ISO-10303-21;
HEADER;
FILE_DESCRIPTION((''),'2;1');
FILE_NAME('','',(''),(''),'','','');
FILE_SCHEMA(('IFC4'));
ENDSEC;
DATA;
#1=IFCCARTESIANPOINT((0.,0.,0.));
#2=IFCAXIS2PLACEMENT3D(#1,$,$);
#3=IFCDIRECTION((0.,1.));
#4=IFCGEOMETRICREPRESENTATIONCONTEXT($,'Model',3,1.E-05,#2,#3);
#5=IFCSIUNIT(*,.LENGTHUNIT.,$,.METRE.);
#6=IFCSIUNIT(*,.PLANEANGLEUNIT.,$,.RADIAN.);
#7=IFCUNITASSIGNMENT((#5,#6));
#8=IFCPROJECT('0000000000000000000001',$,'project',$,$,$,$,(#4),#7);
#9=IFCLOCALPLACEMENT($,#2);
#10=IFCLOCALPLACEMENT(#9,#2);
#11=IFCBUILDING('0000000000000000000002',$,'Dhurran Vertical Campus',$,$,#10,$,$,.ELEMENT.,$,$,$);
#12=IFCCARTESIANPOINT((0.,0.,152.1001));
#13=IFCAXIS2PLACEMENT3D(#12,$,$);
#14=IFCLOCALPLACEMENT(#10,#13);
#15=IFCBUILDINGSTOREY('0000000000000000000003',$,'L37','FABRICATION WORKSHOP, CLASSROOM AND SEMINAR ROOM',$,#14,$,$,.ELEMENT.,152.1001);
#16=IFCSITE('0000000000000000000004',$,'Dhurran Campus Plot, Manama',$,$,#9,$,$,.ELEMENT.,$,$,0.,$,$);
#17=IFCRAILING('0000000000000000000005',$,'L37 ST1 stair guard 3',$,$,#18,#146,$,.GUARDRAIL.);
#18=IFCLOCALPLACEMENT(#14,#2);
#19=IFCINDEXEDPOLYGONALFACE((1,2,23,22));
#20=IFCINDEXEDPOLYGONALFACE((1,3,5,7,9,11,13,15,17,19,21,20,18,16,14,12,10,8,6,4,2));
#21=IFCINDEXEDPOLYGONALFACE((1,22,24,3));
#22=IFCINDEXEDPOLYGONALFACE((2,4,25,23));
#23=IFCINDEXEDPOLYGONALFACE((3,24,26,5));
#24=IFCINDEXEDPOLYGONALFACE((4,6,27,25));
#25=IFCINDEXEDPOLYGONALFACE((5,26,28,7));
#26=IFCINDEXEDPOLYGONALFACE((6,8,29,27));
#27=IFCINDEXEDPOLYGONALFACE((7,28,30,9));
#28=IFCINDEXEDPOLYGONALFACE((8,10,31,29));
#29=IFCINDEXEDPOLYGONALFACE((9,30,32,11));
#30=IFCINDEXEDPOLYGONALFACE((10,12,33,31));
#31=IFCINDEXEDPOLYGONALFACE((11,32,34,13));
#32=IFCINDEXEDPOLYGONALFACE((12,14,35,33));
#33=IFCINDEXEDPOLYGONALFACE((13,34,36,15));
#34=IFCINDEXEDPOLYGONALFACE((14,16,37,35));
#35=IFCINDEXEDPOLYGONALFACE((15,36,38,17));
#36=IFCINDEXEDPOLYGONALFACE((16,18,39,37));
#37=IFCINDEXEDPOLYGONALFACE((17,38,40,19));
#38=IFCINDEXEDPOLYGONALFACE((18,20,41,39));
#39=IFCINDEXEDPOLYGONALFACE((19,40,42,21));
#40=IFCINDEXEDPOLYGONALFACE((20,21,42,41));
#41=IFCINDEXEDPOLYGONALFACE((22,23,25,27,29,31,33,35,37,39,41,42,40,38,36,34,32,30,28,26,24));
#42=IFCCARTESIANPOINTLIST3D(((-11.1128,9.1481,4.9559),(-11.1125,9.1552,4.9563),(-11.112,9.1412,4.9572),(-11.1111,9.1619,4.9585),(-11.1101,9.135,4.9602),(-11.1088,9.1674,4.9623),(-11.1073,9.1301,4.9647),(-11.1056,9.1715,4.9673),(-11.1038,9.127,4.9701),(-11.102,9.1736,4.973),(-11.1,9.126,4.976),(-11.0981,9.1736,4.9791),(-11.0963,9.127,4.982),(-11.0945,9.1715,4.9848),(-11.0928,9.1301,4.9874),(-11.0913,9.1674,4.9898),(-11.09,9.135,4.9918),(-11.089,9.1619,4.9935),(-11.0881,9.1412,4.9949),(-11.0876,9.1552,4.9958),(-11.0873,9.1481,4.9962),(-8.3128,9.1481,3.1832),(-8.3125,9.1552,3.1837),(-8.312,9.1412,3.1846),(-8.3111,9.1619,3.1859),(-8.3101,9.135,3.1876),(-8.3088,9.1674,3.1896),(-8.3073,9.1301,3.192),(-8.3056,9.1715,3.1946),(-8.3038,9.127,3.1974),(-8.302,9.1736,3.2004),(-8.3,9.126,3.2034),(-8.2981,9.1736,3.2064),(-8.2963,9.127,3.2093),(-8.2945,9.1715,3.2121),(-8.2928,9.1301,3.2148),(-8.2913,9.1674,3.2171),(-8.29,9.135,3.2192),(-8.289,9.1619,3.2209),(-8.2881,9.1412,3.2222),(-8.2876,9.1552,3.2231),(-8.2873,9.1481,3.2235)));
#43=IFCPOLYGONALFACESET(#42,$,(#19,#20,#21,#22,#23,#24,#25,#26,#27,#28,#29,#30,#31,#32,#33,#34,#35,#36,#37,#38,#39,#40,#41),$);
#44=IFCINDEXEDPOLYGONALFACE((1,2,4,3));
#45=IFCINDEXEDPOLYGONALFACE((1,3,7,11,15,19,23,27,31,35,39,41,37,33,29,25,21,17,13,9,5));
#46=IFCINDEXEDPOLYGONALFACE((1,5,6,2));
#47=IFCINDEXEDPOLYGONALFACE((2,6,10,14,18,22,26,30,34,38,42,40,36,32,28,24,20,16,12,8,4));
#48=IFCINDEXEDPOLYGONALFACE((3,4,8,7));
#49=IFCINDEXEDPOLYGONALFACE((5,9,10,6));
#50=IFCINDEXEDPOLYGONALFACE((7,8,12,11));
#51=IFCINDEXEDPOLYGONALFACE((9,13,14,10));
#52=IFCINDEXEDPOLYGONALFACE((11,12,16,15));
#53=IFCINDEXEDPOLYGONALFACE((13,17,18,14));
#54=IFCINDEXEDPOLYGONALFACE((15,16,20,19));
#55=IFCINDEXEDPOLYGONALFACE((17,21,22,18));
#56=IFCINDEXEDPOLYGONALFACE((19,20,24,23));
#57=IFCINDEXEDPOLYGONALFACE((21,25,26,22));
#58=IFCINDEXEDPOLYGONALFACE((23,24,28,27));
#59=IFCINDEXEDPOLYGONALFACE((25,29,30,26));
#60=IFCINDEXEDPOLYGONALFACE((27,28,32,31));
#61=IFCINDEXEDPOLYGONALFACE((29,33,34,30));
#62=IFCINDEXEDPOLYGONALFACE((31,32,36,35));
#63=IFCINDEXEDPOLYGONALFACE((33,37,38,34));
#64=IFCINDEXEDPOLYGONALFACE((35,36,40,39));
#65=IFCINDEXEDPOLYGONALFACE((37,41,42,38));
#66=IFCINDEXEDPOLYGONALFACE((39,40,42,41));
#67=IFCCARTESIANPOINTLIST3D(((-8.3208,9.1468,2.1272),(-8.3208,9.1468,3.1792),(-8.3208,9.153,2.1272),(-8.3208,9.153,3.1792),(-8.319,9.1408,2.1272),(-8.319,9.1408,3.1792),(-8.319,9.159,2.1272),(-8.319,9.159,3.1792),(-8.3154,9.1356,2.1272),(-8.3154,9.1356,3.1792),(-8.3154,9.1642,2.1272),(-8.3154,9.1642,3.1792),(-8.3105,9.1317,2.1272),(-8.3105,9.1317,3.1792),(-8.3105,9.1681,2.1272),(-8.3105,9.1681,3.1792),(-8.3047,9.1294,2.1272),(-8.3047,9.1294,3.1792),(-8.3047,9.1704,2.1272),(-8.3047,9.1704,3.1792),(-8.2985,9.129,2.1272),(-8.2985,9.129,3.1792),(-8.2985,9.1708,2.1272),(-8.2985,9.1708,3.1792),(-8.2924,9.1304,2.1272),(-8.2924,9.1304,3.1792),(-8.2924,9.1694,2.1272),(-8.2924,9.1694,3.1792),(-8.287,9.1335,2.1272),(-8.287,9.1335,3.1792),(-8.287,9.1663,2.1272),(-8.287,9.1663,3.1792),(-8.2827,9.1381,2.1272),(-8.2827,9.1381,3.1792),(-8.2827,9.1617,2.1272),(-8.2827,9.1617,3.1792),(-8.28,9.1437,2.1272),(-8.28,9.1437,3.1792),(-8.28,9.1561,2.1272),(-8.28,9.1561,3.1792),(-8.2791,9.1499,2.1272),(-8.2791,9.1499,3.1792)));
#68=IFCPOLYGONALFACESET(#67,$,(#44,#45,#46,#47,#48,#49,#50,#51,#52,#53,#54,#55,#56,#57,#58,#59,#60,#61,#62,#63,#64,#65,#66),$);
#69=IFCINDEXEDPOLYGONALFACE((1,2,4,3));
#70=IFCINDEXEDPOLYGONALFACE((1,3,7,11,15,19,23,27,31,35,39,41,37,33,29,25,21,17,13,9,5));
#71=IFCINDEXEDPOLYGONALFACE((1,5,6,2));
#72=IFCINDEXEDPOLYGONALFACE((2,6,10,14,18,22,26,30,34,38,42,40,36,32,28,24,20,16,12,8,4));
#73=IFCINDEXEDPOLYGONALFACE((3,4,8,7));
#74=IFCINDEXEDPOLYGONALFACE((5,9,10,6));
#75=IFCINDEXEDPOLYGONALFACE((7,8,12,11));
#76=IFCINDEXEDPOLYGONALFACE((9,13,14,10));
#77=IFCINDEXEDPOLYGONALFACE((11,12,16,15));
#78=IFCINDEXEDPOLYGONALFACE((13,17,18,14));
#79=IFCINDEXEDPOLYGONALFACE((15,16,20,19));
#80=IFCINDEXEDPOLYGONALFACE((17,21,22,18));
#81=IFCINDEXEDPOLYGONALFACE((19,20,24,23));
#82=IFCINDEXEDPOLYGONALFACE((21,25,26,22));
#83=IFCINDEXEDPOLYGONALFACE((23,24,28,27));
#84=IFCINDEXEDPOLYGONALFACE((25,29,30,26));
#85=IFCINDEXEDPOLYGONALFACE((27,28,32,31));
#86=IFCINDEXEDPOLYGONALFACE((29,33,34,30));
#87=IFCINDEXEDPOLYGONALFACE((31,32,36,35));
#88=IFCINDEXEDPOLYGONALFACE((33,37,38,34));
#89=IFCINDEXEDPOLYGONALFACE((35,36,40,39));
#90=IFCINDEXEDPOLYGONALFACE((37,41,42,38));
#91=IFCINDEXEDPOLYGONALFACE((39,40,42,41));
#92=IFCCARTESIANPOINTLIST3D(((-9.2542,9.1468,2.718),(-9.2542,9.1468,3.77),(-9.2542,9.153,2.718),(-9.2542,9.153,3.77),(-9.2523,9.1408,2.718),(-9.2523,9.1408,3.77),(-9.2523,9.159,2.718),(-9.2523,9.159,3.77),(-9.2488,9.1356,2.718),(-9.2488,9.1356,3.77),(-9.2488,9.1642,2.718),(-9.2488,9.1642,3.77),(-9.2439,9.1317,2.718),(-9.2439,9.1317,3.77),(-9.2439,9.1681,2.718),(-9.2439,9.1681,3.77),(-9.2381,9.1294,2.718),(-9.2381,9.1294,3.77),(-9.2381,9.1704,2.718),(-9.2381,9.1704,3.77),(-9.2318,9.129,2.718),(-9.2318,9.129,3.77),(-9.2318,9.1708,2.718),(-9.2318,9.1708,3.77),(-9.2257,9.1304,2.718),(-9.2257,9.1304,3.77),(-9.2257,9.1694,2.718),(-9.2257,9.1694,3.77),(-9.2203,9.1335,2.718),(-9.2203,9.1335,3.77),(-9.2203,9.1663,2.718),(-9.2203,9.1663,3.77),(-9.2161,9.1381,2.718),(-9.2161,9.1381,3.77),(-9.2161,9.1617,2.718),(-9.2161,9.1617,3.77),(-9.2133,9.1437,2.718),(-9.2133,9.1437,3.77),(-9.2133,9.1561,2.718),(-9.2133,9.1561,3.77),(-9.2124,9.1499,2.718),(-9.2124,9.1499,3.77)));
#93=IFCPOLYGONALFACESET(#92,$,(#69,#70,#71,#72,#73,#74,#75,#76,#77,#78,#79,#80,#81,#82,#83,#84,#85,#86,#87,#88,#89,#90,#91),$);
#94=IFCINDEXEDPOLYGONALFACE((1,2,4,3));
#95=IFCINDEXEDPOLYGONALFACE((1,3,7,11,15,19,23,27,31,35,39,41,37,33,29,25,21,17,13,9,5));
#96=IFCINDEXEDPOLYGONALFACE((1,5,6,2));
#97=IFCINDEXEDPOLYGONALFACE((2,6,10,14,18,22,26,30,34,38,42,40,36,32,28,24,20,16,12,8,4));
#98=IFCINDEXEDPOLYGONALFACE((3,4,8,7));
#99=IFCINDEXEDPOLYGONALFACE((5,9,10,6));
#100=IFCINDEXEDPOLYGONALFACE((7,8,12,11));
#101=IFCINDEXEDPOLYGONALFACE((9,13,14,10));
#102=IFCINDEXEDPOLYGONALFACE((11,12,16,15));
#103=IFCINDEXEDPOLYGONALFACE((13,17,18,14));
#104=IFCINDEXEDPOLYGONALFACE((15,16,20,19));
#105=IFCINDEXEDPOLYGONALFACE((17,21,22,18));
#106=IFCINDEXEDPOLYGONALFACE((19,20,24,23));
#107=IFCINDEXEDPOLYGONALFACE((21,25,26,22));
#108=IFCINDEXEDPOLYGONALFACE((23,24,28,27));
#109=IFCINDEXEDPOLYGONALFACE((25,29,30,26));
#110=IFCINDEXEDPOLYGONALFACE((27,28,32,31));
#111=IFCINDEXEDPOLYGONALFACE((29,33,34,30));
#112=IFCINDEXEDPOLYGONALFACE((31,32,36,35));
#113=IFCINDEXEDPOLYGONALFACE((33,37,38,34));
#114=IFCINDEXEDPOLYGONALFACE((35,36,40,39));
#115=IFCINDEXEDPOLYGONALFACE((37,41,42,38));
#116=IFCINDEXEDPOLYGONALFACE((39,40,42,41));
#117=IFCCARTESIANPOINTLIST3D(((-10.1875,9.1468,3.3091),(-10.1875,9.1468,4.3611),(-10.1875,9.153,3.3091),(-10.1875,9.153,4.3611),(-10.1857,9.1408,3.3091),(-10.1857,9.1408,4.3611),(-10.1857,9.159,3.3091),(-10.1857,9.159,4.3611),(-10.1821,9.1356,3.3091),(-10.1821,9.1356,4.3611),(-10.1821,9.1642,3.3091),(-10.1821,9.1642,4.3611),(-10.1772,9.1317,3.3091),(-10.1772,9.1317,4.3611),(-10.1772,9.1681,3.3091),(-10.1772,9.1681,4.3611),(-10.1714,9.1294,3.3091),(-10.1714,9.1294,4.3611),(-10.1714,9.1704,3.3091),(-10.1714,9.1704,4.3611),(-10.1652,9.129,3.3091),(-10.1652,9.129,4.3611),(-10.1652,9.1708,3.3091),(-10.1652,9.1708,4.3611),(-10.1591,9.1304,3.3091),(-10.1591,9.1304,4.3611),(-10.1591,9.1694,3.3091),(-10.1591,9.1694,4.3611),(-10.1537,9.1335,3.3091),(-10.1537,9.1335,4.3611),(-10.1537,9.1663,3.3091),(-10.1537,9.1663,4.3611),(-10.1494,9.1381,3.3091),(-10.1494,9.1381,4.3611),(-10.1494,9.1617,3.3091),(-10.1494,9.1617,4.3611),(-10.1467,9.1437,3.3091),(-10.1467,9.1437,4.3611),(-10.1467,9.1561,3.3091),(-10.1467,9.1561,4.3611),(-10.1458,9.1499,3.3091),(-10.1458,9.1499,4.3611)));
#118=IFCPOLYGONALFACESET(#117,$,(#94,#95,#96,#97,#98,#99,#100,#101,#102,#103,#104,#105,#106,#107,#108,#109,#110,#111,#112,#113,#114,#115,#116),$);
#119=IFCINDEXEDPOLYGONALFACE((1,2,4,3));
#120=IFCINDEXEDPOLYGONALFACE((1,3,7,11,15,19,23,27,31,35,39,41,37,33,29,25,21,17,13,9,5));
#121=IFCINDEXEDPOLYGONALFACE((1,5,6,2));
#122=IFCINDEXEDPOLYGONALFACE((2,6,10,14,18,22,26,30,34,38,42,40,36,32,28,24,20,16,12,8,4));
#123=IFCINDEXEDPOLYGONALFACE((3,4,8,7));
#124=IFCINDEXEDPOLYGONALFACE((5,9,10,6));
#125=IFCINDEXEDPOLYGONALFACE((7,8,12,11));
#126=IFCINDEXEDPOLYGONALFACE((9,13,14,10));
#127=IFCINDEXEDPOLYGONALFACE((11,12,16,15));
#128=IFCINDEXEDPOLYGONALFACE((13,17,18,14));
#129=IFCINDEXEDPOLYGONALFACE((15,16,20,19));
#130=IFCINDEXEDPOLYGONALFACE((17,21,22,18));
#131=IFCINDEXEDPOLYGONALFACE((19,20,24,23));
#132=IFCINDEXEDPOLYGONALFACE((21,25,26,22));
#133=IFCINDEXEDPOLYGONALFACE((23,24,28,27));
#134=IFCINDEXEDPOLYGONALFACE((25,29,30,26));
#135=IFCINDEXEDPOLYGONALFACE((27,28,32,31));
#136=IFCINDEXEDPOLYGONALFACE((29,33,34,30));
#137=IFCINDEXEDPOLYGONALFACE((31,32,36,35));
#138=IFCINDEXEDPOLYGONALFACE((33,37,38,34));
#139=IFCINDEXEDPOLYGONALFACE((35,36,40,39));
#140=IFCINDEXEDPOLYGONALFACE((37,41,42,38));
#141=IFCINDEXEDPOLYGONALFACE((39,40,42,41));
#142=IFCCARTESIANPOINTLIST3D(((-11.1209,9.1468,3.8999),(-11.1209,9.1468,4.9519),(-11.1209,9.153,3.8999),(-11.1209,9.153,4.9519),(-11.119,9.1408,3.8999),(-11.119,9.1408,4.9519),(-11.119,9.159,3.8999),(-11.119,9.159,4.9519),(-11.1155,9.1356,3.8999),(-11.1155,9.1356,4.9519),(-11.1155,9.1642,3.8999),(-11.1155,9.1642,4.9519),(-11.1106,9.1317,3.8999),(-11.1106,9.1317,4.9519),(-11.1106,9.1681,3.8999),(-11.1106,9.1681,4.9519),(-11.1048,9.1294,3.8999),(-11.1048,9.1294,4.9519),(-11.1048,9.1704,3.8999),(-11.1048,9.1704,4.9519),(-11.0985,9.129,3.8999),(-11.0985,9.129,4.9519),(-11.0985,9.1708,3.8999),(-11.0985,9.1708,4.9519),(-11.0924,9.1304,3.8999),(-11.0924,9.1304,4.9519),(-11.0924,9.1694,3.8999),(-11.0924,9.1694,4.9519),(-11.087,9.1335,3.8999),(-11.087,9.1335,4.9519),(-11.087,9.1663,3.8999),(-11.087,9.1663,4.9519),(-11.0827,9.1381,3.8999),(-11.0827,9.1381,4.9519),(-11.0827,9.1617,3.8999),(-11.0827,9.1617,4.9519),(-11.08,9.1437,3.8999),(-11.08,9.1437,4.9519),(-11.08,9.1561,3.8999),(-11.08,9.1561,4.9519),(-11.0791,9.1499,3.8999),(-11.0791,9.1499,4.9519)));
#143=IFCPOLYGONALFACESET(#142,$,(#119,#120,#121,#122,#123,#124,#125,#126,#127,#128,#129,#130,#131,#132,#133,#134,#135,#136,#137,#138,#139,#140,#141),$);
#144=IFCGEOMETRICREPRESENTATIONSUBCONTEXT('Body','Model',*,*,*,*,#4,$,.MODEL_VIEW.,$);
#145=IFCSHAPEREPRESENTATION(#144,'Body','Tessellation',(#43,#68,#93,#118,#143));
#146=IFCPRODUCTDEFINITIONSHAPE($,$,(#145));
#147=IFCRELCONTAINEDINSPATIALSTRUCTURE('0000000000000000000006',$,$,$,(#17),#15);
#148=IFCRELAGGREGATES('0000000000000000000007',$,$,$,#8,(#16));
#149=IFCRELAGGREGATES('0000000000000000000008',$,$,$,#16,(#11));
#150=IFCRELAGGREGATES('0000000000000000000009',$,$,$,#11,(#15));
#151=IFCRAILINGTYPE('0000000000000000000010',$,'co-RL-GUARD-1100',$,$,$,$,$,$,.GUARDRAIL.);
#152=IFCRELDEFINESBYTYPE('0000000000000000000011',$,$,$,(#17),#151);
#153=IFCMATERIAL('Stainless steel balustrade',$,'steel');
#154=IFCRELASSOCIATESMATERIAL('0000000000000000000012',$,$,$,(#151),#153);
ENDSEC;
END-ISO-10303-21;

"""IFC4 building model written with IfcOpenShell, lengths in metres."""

from ifc_helpers import new_model, si_unit, direction, frame, origin, origin_2d, place, context, subcontext, project, spatial, circle, extrude, material, type_object, element, save


model = new_model("IFC4")

# Units and contexts
model_context = context("Model", 3, precision=1e-05, world=origin(), true_north=direction((0.0, 1.0)))
body_context = subcontext(model_context, "Body", "Model", "MODEL_VIEW")
ifc_project = project(units=[si_unit("LENGTHUNIT", "METRE"), si_unit("PLANEANGLEUNIT", "RADIAN")], contexts=[model_context])

# Site, building, storey
site_placement = place(None, origin())
site = spatial("IfcSite", under=ifc_project, at=site_placement, Name="Dhurran Campus Plot, Manama", CompositionType="ELEMENT", RefElevation=0.0)
building_placement = place(site_placement, origin())
building = spatial("IfcBuilding", under=site, at=building_placement, Name="Dhurran Vertical Campus", CompositionType="ELEMENT")
storey_placement = place(building_placement, frame((0.0, 0.0, 152.1001)))
storey = spatial("IfcBuildingStorey", under=building, at=storey_placement, Name="L37", Description="FABRICATION WORKSHOP, CLASSROOM AND SEMINAR ROOM", CompositionType="ELEMENT", Elevation=152.1001)

# Railing
ifc_material_1 = material(Name="Stainless steel balustrade", Category="steel")
railing_type_1 = type_object("IfcRailingType", Name="co-RL-GUARD-1100", PredefinedType="GUARDRAIL", material=ifc_material_1)
railing_1_placement = place(storey_placement, frame((-8.3, 9.1499, 2.1272)))
element("IfcRailing", 1, at=railing_1_placement, inside=storey, type_object=railing_type_1, Name="L37 ST1 stair guard 3", PredefinedType="GUARDRAIL", context=body_context, shape_type="SweptSolid", body=[
    extrude(circle(Radius=0.0239, at=origin_2d()), frame((0.0, 0.0, 1.0762), z_axis=(-0.844909, 0.0, 0.53491), x_axis=(0.0, -1.0, 0.0)), (0.0, 0.0, 1.0), 3.314),
    extrude(circle(Radius=0.021, at=origin_2d()), origin(), (0.0, 0.0, 1.0), 1.052),
    extrude(circle(Radius=0.021, at=origin_2d()), frame((-0.9333, 0.0, 0.5908)), (0.0, 0.0, 1.0), 1.052),
    extrude(circle(Radius=0.021, at=origin_2d()), frame((-1.8667, 0.0, 1.1819)), (0.0, 0.0, 1.0), 1.052),
    extrude(circle(Radius=0.021, at=origin_2d()), frame((-2.8, 0.0, 1.7727)), (0.0, 0.0, 1.0), 1.052),
])

save(model, "model.ifc")
